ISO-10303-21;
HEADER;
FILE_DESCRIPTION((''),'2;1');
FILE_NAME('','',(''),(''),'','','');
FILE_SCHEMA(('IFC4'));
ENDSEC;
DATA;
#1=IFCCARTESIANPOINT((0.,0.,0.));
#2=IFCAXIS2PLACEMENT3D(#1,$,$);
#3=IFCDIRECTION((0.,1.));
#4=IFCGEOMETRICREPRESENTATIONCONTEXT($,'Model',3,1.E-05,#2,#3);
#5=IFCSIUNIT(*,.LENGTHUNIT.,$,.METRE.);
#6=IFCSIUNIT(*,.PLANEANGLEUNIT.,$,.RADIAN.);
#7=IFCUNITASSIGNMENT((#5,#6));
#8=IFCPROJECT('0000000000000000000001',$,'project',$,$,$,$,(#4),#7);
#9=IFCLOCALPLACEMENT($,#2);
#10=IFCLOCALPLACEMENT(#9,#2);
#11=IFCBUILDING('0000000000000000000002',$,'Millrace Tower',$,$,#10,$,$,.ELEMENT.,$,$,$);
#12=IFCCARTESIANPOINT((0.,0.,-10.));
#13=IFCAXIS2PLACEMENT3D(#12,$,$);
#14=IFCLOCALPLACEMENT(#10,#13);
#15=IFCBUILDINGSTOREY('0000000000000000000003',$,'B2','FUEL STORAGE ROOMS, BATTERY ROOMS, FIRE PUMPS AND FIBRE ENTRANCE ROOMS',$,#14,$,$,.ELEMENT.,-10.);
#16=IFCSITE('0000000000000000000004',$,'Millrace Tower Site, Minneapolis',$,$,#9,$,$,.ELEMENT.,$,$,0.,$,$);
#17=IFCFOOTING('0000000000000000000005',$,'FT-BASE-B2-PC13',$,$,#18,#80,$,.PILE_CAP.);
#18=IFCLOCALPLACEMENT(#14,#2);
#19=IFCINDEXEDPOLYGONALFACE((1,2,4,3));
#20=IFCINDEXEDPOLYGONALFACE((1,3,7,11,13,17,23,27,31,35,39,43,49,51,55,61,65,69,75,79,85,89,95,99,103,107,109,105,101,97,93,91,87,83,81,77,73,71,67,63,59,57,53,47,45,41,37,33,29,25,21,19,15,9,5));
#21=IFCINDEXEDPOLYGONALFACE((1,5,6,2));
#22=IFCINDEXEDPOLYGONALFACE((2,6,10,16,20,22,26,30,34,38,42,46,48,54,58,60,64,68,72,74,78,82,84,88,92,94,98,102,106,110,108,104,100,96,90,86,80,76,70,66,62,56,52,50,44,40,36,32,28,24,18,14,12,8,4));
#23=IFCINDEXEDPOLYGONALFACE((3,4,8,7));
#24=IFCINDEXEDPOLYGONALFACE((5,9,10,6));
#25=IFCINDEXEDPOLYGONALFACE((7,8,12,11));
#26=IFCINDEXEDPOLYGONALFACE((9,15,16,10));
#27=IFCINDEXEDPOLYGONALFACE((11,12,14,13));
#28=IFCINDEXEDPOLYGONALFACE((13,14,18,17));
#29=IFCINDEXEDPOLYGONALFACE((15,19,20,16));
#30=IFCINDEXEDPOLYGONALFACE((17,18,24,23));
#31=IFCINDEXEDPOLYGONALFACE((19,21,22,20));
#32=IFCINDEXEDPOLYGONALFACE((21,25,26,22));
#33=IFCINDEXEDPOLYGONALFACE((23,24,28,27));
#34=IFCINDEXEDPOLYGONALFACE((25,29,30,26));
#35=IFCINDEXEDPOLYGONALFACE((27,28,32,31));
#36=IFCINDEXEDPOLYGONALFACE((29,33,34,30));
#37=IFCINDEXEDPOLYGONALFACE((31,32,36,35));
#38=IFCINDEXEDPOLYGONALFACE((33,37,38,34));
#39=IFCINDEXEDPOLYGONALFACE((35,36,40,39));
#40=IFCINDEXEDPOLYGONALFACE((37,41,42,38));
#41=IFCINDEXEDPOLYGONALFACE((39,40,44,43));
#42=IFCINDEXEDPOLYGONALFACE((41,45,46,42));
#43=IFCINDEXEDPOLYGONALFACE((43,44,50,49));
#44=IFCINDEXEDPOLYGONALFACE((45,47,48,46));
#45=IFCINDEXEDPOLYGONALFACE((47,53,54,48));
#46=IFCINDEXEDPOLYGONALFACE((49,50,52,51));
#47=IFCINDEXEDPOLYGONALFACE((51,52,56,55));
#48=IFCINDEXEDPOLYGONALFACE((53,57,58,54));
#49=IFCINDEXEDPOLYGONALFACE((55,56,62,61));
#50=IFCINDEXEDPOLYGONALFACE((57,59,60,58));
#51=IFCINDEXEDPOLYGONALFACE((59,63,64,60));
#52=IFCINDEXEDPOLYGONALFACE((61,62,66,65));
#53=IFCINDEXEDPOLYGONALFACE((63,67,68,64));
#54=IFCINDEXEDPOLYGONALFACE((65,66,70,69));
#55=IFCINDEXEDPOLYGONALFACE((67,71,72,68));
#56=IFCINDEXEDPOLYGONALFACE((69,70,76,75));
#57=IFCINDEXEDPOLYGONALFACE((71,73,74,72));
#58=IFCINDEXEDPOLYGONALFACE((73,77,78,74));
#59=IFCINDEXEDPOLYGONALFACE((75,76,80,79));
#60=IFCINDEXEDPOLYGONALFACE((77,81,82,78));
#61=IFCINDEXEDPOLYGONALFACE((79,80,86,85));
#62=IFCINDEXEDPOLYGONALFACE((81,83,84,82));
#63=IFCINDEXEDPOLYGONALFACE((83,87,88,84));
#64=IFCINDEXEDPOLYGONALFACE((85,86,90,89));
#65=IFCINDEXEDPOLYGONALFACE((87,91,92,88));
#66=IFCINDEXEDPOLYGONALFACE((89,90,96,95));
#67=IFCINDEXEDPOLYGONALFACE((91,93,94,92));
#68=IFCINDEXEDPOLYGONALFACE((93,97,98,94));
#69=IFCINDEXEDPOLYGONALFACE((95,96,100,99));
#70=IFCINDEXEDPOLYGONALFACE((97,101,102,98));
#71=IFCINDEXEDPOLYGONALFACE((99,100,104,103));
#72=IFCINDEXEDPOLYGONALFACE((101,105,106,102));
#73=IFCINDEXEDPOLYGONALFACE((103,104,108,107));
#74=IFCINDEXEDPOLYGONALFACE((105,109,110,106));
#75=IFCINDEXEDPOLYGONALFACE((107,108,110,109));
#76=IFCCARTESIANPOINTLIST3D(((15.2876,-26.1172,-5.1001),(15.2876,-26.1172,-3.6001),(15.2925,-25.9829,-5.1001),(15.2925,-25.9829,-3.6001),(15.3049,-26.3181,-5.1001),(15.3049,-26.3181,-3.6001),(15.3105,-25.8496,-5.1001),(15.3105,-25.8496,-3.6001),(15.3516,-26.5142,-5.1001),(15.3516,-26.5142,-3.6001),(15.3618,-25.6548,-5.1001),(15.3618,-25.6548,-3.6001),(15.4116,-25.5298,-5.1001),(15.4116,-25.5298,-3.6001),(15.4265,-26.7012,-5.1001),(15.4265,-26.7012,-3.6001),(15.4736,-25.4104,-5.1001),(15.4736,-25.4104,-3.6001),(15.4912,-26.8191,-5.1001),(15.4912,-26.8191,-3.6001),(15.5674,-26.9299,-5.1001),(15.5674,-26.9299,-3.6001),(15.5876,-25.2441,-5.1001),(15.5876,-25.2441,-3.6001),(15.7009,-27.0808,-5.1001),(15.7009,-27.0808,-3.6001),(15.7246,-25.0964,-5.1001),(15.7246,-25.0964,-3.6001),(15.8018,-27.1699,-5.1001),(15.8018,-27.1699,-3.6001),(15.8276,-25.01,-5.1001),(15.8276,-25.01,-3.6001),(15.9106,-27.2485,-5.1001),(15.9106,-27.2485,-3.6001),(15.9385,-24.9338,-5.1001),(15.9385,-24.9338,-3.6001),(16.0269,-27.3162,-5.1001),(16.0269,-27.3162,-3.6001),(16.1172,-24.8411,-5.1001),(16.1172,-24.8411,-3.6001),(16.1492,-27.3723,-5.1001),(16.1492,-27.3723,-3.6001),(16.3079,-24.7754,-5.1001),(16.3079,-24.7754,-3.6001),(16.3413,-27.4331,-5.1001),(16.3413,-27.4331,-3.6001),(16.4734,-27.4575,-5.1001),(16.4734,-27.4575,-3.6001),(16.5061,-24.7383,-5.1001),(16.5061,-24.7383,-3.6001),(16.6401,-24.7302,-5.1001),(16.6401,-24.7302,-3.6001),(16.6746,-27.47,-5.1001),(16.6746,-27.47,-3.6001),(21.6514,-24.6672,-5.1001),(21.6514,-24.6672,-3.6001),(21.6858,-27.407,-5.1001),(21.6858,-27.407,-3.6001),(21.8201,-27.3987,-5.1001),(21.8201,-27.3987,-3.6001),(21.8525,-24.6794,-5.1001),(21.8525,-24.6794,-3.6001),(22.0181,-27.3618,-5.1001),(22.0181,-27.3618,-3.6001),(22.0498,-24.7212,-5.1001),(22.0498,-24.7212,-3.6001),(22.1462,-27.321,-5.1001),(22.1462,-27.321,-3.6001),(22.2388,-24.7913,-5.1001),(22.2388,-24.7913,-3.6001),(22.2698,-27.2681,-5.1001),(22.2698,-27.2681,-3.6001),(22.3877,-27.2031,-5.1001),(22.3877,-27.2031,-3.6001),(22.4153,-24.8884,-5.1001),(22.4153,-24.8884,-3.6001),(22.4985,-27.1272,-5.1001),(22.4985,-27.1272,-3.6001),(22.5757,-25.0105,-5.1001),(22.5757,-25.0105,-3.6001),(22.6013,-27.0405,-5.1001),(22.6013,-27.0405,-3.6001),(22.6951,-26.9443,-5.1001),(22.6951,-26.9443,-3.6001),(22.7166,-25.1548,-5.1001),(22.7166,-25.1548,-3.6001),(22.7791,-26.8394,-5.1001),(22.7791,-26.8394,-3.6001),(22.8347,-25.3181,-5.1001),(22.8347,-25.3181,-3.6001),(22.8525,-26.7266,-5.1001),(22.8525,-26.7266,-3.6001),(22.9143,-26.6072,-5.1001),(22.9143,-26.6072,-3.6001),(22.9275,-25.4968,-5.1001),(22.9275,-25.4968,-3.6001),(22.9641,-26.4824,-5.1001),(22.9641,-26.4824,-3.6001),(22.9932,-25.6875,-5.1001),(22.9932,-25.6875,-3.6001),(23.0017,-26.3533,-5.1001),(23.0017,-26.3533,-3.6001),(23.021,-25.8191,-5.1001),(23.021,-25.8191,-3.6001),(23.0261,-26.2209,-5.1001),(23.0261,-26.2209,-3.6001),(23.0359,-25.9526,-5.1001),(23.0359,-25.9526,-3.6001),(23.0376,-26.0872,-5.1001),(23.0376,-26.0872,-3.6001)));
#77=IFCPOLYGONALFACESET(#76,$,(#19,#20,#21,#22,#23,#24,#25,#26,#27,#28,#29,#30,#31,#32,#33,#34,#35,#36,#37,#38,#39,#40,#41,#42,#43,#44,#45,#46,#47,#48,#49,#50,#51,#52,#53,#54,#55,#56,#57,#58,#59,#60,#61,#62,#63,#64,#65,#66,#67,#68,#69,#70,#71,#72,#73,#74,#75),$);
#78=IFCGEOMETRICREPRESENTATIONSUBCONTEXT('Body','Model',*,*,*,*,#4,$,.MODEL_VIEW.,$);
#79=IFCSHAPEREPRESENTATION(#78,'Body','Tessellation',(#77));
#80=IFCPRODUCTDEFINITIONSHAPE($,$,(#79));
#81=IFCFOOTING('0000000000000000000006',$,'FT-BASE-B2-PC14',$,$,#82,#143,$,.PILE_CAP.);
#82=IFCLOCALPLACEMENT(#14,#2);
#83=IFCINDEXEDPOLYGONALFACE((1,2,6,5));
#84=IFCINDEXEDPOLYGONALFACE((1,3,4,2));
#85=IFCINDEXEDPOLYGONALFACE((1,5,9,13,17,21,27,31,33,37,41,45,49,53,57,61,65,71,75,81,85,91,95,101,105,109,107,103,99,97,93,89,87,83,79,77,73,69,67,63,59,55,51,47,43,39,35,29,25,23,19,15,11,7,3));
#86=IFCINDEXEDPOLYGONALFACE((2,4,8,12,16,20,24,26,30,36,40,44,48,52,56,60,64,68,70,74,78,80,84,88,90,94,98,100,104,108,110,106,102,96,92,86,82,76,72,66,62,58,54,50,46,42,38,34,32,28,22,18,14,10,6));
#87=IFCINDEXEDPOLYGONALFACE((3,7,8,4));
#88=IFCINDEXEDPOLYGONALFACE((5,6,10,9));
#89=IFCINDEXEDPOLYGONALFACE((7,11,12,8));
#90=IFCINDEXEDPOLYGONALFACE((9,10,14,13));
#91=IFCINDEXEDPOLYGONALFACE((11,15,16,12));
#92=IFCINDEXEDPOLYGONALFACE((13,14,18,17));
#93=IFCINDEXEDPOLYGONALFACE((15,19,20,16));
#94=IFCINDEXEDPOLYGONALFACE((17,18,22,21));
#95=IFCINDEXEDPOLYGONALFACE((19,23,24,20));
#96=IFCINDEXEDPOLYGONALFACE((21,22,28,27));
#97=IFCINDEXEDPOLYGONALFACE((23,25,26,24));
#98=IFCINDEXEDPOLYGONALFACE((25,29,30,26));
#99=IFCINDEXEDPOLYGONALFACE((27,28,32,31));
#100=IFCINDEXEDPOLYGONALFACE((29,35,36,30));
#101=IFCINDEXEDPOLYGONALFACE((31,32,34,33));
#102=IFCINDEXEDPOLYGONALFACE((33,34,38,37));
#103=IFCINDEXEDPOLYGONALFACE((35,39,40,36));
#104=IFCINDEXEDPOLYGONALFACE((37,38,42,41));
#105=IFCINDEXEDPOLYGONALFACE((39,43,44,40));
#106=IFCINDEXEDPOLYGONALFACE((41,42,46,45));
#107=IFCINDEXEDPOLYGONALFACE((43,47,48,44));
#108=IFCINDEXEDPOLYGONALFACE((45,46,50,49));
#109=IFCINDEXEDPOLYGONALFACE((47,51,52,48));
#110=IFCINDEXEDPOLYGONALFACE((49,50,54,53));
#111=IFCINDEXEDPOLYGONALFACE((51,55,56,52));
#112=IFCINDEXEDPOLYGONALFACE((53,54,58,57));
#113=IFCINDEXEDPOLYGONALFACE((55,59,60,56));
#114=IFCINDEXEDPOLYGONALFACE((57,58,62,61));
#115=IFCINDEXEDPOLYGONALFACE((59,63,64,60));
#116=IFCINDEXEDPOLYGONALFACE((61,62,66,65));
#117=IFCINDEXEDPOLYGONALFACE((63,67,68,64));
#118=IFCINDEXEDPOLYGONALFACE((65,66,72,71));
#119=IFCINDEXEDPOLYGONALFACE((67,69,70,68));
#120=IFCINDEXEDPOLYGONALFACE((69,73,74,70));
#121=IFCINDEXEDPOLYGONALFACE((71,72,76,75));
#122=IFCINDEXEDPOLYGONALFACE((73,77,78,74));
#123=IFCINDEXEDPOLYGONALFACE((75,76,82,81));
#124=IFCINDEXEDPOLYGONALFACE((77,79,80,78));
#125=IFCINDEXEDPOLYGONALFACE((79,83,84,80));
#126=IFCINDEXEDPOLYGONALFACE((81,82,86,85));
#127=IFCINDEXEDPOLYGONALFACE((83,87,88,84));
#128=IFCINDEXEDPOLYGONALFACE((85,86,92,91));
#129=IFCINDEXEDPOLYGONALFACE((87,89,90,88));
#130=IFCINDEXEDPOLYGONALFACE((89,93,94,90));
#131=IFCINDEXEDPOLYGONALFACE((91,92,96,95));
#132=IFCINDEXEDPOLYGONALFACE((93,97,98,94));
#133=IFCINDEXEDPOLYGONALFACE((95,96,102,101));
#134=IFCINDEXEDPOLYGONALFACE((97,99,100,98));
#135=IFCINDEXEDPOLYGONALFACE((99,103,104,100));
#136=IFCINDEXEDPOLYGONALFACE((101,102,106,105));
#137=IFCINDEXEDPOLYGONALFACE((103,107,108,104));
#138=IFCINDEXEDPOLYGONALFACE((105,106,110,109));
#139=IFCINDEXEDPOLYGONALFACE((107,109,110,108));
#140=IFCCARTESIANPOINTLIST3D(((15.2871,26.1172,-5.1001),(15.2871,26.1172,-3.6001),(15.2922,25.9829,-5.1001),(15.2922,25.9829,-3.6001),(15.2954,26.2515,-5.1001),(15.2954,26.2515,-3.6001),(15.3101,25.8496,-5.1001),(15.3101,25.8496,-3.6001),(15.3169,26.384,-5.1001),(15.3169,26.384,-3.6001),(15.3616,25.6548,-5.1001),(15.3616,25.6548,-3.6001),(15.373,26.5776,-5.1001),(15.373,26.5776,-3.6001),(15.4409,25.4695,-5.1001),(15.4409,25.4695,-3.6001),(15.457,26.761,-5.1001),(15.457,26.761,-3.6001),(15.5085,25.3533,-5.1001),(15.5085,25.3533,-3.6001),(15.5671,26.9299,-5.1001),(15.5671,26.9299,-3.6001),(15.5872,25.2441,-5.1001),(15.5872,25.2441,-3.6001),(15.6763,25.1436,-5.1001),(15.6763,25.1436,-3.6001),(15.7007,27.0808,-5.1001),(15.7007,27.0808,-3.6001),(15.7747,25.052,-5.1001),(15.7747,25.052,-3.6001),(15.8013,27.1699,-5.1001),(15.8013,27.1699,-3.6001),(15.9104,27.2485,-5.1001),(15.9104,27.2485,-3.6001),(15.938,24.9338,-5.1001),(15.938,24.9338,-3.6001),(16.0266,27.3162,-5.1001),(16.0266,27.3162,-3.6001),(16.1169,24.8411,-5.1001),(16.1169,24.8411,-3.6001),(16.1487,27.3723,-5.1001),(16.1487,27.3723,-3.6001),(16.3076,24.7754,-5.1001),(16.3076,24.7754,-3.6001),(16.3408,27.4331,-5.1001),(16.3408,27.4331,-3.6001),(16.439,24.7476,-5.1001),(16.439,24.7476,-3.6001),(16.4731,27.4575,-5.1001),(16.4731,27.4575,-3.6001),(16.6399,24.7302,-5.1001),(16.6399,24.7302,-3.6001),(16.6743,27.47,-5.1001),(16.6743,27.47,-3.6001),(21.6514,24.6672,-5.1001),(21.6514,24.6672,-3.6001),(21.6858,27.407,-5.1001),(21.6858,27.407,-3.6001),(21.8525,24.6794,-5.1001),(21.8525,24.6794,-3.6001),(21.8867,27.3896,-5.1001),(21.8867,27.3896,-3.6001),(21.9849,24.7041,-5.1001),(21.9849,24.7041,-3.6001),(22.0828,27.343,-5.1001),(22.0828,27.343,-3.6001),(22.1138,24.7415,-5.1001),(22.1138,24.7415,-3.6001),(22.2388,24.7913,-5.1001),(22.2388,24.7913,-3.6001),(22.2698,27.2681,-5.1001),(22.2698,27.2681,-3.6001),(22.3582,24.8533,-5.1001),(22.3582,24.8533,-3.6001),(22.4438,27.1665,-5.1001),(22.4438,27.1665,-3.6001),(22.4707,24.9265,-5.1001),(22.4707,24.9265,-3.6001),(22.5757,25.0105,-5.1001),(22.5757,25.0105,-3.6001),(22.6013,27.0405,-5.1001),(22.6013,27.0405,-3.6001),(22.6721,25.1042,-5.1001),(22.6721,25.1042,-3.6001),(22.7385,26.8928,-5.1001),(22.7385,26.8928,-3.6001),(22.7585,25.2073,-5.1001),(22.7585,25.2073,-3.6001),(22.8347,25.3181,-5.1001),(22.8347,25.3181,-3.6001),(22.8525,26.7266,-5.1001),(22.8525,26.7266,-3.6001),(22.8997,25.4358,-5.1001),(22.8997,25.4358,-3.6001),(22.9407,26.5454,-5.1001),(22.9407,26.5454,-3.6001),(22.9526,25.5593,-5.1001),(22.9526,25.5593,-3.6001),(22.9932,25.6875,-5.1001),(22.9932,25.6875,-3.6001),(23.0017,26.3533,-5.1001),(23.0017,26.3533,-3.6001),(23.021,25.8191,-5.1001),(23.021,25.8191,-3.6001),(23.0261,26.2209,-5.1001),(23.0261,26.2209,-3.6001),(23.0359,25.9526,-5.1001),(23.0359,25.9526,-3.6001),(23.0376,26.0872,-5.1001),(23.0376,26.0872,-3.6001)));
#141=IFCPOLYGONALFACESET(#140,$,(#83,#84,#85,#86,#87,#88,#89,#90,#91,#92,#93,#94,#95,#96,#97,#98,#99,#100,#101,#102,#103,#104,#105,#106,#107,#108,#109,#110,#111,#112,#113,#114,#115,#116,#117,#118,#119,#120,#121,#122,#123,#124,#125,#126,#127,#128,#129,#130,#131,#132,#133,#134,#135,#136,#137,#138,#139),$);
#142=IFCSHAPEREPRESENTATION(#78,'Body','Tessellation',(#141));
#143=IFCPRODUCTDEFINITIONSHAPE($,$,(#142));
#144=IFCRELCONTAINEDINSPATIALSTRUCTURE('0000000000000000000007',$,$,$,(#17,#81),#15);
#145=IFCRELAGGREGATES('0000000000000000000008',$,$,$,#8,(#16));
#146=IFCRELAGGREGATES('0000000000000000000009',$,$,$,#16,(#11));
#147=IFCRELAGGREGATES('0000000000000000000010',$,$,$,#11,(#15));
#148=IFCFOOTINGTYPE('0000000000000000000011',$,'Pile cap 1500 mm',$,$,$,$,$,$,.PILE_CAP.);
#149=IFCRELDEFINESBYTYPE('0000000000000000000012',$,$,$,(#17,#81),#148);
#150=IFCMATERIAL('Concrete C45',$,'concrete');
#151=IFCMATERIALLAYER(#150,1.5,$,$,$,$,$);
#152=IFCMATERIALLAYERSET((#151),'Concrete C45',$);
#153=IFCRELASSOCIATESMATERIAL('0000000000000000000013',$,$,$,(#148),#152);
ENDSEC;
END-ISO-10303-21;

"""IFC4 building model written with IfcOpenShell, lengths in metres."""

from ifc_helpers import new_model, si_unit, direction, frame, origin, place, context, subcontext, project, spatial, polyline, outline, extrude, material, layer, layer_set, type_object, element, save


model = new_model("IFC4")

# Units and contexts
model_context = context("Model", 3, precision=1e-05, world=origin(), true_north=direction((0.0, 1.0)))
body_context = subcontext(model_context, "Body", "Model", "MODEL_VIEW")
ifc_project = project(units=[si_unit("LENGTHUNIT", "METRE"), si_unit("PLANEANGLEUNIT", "RADIAN")], contexts=[model_context])

# Site, building, storey
site_placement = place(None, origin())
site = spatial("IfcSite", under=ifc_project, at=site_placement, Name="Millrace Tower Site, Minneapolis", CompositionType="ELEMENT", RefElevation=0.0)
building_placement = place(site_placement, origin())
building = spatial("IfcBuilding", under=site, at=building_placement, Name="Millrace Tower", CompositionType="ELEMENT")
storey_placement = place(building_placement, frame((0.0, 0.0, -10.0)))
storey = spatial("IfcBuildingStorey", under=building, at=storey_placement, Name="B2", Description="FUEL STORAGE ROOMS, BATTERY ROOMS, FIRE PUMPS AND FIBRE ENTRANCE ROOMS", CompositionType="ELEMENT", Elevation=-10.0)

# Footings
ifc_material_1 = material(Name="Concrete C45", Category="concrete")
ifc_layer_1 = layer(ifc_material_1, 1.5)
ifc_layer_set_1 = layer_set([ifc_layer_1], Name="Concrete C45")
footing_type = type_object("IfcFootingType", Name="Pile cap 1500 mm", PredefinedType="PILE_CAP", material=ifc_layer_set_1)
placement_1 = place(storey_placement, frame((0.0, 0.0, -5.1001)))
element("IfcFooting", 1, at=placement_1, inside=storey, type_object=footing_type, Name="FT-BASE-B2-PC13", PredefinedType="PILE_CAP", context=body_context, shape_type="SweptSolid", body=[
    extrude(outline(polyline([(16.3413, -27.4331), (16.1492, -27.3723), (16.0269, -27.3162), (15.9106, -27.2485), (15.8018, -27.1699), (15.7009, -27.0808), (15.5674, -26.9299), (15.4912, -26.8191), (15.4265, -26.7012), (15.3516, -26.5142), (15.3049, -26.3181), (15.2876, -26.1172), (15.2925, -25.9829), (15.3105, -25.8496), (15.3618, -25.6548), (15.4116, -25.5298), (15.4736, -25.4104), (15.5876, -25.2441), (15.7246, -25.0964), (15.8276, -25.01), (15.9385, -24.9338), (16.1172, -24.8411), (16.3079, -24.7754), (16.5061, -24.7383), (16.6401, -24.7302), (21.6514, -24.6672), (21.8525, -24.6794), (22.0498, -24.7212), (22.2388, -24.7913), (22.4153, -24.8884), (22.5757, -25.0105), (22.7166, -25.1548), (22.8347, -25.3181), (22.9275, -25.4968), (22.9932, -25.6875), (23.021, -25.8191), (23.0359, -25.9526), (23.0376, -26.0872), (23.0261, -26.2209), (23.0017, -26.3533), (22.9641, -26.4824), (22.9143, -26.6072), (22.8525, -26.7266), (22.7791, -26.8394), (22.6951, -26.9443), (22.6013, -27.0405), (22.4985, -27.1272), (22.3877, -27.2031), (22.2698, -27.2681), (22.1462, -27.321), (22.0181, -27.3618), (21.8201, -27.3987), (21.6858, -27.407), (16.6746, -27.47), (16.4734, -27.4575), (16.3413, -27.4331)])), origin(), (0.0, 0.0, 1.0), 1.5),
])
element("IfcFooting", 2, at=placement_1, inside=storey, type_object=footing_type, Name="FT-BASE-B2-PC14", PredefinedType="PILE_CAP", context=body_context, shape_type="SweptSolid", body=[
    extrude(outline(polyline([(16.3076, 24.7754), (16.1169, 24.8411), (15.938, 24.9338), (15.7747, 25.052), (15.6763, 25.1436), (15.5872, 25.2441), (15.5085, 25.3533), (15.4409, 25.4695), (15.3616, 25.6548), (15.3101, 25.8496), (15.2922, 25.9829), (15.2871, 26.1172), (15.2954, 26.2515), (15.3169, 26.384), (15.373, 26.5776), (15.457, 26.761), (15.5671, 26.9299), (15.7007, 27.0808), (15.8013, 27.1699), (15.9104, 27.2485), (16.0266, 27.3162), (16.1487, 27.3723), (16.3408, 27.4331), (16.4731, 27.4575), (16.6743, 27.47), (21.6858, 27.407), (21.8867, 27.3896), (22.0828, 27.343), (22.2698, 27.2681), (22.4438, 27.1665), (22.6013, 27.0405), (22.7385, 26.8928), (22.8525, 26.7266), (22.9407, 26.5454), (23.0017, 26.3533), (23.0261, 26.2209), (23.0376, 26.0872), (23.0359, 25.9526), (23.021, 25.8191), (22.9932, 25.6875), (22.9526, 25.5593), (22.8997, 25.4358), (22.8347, 25.3181), (22.7585, 25.2073), (22.6721, 25.1042), (22.5757, 25.0105), (22.4707, 24.9265), (22.3582, 24.8533), (22.2388, 24.7913), (22.1138, 24.7415), (21.9849, 24.7041), (21.8525, 24.6794), (21.6514, 24.6672), (16.6399, 24.7302), (16.439, 24.7476), (16.3076, 24.7754)])), origin(), (0.0, 0.0, 1.0), 1.5),
])

save(model, "model.ifc")
